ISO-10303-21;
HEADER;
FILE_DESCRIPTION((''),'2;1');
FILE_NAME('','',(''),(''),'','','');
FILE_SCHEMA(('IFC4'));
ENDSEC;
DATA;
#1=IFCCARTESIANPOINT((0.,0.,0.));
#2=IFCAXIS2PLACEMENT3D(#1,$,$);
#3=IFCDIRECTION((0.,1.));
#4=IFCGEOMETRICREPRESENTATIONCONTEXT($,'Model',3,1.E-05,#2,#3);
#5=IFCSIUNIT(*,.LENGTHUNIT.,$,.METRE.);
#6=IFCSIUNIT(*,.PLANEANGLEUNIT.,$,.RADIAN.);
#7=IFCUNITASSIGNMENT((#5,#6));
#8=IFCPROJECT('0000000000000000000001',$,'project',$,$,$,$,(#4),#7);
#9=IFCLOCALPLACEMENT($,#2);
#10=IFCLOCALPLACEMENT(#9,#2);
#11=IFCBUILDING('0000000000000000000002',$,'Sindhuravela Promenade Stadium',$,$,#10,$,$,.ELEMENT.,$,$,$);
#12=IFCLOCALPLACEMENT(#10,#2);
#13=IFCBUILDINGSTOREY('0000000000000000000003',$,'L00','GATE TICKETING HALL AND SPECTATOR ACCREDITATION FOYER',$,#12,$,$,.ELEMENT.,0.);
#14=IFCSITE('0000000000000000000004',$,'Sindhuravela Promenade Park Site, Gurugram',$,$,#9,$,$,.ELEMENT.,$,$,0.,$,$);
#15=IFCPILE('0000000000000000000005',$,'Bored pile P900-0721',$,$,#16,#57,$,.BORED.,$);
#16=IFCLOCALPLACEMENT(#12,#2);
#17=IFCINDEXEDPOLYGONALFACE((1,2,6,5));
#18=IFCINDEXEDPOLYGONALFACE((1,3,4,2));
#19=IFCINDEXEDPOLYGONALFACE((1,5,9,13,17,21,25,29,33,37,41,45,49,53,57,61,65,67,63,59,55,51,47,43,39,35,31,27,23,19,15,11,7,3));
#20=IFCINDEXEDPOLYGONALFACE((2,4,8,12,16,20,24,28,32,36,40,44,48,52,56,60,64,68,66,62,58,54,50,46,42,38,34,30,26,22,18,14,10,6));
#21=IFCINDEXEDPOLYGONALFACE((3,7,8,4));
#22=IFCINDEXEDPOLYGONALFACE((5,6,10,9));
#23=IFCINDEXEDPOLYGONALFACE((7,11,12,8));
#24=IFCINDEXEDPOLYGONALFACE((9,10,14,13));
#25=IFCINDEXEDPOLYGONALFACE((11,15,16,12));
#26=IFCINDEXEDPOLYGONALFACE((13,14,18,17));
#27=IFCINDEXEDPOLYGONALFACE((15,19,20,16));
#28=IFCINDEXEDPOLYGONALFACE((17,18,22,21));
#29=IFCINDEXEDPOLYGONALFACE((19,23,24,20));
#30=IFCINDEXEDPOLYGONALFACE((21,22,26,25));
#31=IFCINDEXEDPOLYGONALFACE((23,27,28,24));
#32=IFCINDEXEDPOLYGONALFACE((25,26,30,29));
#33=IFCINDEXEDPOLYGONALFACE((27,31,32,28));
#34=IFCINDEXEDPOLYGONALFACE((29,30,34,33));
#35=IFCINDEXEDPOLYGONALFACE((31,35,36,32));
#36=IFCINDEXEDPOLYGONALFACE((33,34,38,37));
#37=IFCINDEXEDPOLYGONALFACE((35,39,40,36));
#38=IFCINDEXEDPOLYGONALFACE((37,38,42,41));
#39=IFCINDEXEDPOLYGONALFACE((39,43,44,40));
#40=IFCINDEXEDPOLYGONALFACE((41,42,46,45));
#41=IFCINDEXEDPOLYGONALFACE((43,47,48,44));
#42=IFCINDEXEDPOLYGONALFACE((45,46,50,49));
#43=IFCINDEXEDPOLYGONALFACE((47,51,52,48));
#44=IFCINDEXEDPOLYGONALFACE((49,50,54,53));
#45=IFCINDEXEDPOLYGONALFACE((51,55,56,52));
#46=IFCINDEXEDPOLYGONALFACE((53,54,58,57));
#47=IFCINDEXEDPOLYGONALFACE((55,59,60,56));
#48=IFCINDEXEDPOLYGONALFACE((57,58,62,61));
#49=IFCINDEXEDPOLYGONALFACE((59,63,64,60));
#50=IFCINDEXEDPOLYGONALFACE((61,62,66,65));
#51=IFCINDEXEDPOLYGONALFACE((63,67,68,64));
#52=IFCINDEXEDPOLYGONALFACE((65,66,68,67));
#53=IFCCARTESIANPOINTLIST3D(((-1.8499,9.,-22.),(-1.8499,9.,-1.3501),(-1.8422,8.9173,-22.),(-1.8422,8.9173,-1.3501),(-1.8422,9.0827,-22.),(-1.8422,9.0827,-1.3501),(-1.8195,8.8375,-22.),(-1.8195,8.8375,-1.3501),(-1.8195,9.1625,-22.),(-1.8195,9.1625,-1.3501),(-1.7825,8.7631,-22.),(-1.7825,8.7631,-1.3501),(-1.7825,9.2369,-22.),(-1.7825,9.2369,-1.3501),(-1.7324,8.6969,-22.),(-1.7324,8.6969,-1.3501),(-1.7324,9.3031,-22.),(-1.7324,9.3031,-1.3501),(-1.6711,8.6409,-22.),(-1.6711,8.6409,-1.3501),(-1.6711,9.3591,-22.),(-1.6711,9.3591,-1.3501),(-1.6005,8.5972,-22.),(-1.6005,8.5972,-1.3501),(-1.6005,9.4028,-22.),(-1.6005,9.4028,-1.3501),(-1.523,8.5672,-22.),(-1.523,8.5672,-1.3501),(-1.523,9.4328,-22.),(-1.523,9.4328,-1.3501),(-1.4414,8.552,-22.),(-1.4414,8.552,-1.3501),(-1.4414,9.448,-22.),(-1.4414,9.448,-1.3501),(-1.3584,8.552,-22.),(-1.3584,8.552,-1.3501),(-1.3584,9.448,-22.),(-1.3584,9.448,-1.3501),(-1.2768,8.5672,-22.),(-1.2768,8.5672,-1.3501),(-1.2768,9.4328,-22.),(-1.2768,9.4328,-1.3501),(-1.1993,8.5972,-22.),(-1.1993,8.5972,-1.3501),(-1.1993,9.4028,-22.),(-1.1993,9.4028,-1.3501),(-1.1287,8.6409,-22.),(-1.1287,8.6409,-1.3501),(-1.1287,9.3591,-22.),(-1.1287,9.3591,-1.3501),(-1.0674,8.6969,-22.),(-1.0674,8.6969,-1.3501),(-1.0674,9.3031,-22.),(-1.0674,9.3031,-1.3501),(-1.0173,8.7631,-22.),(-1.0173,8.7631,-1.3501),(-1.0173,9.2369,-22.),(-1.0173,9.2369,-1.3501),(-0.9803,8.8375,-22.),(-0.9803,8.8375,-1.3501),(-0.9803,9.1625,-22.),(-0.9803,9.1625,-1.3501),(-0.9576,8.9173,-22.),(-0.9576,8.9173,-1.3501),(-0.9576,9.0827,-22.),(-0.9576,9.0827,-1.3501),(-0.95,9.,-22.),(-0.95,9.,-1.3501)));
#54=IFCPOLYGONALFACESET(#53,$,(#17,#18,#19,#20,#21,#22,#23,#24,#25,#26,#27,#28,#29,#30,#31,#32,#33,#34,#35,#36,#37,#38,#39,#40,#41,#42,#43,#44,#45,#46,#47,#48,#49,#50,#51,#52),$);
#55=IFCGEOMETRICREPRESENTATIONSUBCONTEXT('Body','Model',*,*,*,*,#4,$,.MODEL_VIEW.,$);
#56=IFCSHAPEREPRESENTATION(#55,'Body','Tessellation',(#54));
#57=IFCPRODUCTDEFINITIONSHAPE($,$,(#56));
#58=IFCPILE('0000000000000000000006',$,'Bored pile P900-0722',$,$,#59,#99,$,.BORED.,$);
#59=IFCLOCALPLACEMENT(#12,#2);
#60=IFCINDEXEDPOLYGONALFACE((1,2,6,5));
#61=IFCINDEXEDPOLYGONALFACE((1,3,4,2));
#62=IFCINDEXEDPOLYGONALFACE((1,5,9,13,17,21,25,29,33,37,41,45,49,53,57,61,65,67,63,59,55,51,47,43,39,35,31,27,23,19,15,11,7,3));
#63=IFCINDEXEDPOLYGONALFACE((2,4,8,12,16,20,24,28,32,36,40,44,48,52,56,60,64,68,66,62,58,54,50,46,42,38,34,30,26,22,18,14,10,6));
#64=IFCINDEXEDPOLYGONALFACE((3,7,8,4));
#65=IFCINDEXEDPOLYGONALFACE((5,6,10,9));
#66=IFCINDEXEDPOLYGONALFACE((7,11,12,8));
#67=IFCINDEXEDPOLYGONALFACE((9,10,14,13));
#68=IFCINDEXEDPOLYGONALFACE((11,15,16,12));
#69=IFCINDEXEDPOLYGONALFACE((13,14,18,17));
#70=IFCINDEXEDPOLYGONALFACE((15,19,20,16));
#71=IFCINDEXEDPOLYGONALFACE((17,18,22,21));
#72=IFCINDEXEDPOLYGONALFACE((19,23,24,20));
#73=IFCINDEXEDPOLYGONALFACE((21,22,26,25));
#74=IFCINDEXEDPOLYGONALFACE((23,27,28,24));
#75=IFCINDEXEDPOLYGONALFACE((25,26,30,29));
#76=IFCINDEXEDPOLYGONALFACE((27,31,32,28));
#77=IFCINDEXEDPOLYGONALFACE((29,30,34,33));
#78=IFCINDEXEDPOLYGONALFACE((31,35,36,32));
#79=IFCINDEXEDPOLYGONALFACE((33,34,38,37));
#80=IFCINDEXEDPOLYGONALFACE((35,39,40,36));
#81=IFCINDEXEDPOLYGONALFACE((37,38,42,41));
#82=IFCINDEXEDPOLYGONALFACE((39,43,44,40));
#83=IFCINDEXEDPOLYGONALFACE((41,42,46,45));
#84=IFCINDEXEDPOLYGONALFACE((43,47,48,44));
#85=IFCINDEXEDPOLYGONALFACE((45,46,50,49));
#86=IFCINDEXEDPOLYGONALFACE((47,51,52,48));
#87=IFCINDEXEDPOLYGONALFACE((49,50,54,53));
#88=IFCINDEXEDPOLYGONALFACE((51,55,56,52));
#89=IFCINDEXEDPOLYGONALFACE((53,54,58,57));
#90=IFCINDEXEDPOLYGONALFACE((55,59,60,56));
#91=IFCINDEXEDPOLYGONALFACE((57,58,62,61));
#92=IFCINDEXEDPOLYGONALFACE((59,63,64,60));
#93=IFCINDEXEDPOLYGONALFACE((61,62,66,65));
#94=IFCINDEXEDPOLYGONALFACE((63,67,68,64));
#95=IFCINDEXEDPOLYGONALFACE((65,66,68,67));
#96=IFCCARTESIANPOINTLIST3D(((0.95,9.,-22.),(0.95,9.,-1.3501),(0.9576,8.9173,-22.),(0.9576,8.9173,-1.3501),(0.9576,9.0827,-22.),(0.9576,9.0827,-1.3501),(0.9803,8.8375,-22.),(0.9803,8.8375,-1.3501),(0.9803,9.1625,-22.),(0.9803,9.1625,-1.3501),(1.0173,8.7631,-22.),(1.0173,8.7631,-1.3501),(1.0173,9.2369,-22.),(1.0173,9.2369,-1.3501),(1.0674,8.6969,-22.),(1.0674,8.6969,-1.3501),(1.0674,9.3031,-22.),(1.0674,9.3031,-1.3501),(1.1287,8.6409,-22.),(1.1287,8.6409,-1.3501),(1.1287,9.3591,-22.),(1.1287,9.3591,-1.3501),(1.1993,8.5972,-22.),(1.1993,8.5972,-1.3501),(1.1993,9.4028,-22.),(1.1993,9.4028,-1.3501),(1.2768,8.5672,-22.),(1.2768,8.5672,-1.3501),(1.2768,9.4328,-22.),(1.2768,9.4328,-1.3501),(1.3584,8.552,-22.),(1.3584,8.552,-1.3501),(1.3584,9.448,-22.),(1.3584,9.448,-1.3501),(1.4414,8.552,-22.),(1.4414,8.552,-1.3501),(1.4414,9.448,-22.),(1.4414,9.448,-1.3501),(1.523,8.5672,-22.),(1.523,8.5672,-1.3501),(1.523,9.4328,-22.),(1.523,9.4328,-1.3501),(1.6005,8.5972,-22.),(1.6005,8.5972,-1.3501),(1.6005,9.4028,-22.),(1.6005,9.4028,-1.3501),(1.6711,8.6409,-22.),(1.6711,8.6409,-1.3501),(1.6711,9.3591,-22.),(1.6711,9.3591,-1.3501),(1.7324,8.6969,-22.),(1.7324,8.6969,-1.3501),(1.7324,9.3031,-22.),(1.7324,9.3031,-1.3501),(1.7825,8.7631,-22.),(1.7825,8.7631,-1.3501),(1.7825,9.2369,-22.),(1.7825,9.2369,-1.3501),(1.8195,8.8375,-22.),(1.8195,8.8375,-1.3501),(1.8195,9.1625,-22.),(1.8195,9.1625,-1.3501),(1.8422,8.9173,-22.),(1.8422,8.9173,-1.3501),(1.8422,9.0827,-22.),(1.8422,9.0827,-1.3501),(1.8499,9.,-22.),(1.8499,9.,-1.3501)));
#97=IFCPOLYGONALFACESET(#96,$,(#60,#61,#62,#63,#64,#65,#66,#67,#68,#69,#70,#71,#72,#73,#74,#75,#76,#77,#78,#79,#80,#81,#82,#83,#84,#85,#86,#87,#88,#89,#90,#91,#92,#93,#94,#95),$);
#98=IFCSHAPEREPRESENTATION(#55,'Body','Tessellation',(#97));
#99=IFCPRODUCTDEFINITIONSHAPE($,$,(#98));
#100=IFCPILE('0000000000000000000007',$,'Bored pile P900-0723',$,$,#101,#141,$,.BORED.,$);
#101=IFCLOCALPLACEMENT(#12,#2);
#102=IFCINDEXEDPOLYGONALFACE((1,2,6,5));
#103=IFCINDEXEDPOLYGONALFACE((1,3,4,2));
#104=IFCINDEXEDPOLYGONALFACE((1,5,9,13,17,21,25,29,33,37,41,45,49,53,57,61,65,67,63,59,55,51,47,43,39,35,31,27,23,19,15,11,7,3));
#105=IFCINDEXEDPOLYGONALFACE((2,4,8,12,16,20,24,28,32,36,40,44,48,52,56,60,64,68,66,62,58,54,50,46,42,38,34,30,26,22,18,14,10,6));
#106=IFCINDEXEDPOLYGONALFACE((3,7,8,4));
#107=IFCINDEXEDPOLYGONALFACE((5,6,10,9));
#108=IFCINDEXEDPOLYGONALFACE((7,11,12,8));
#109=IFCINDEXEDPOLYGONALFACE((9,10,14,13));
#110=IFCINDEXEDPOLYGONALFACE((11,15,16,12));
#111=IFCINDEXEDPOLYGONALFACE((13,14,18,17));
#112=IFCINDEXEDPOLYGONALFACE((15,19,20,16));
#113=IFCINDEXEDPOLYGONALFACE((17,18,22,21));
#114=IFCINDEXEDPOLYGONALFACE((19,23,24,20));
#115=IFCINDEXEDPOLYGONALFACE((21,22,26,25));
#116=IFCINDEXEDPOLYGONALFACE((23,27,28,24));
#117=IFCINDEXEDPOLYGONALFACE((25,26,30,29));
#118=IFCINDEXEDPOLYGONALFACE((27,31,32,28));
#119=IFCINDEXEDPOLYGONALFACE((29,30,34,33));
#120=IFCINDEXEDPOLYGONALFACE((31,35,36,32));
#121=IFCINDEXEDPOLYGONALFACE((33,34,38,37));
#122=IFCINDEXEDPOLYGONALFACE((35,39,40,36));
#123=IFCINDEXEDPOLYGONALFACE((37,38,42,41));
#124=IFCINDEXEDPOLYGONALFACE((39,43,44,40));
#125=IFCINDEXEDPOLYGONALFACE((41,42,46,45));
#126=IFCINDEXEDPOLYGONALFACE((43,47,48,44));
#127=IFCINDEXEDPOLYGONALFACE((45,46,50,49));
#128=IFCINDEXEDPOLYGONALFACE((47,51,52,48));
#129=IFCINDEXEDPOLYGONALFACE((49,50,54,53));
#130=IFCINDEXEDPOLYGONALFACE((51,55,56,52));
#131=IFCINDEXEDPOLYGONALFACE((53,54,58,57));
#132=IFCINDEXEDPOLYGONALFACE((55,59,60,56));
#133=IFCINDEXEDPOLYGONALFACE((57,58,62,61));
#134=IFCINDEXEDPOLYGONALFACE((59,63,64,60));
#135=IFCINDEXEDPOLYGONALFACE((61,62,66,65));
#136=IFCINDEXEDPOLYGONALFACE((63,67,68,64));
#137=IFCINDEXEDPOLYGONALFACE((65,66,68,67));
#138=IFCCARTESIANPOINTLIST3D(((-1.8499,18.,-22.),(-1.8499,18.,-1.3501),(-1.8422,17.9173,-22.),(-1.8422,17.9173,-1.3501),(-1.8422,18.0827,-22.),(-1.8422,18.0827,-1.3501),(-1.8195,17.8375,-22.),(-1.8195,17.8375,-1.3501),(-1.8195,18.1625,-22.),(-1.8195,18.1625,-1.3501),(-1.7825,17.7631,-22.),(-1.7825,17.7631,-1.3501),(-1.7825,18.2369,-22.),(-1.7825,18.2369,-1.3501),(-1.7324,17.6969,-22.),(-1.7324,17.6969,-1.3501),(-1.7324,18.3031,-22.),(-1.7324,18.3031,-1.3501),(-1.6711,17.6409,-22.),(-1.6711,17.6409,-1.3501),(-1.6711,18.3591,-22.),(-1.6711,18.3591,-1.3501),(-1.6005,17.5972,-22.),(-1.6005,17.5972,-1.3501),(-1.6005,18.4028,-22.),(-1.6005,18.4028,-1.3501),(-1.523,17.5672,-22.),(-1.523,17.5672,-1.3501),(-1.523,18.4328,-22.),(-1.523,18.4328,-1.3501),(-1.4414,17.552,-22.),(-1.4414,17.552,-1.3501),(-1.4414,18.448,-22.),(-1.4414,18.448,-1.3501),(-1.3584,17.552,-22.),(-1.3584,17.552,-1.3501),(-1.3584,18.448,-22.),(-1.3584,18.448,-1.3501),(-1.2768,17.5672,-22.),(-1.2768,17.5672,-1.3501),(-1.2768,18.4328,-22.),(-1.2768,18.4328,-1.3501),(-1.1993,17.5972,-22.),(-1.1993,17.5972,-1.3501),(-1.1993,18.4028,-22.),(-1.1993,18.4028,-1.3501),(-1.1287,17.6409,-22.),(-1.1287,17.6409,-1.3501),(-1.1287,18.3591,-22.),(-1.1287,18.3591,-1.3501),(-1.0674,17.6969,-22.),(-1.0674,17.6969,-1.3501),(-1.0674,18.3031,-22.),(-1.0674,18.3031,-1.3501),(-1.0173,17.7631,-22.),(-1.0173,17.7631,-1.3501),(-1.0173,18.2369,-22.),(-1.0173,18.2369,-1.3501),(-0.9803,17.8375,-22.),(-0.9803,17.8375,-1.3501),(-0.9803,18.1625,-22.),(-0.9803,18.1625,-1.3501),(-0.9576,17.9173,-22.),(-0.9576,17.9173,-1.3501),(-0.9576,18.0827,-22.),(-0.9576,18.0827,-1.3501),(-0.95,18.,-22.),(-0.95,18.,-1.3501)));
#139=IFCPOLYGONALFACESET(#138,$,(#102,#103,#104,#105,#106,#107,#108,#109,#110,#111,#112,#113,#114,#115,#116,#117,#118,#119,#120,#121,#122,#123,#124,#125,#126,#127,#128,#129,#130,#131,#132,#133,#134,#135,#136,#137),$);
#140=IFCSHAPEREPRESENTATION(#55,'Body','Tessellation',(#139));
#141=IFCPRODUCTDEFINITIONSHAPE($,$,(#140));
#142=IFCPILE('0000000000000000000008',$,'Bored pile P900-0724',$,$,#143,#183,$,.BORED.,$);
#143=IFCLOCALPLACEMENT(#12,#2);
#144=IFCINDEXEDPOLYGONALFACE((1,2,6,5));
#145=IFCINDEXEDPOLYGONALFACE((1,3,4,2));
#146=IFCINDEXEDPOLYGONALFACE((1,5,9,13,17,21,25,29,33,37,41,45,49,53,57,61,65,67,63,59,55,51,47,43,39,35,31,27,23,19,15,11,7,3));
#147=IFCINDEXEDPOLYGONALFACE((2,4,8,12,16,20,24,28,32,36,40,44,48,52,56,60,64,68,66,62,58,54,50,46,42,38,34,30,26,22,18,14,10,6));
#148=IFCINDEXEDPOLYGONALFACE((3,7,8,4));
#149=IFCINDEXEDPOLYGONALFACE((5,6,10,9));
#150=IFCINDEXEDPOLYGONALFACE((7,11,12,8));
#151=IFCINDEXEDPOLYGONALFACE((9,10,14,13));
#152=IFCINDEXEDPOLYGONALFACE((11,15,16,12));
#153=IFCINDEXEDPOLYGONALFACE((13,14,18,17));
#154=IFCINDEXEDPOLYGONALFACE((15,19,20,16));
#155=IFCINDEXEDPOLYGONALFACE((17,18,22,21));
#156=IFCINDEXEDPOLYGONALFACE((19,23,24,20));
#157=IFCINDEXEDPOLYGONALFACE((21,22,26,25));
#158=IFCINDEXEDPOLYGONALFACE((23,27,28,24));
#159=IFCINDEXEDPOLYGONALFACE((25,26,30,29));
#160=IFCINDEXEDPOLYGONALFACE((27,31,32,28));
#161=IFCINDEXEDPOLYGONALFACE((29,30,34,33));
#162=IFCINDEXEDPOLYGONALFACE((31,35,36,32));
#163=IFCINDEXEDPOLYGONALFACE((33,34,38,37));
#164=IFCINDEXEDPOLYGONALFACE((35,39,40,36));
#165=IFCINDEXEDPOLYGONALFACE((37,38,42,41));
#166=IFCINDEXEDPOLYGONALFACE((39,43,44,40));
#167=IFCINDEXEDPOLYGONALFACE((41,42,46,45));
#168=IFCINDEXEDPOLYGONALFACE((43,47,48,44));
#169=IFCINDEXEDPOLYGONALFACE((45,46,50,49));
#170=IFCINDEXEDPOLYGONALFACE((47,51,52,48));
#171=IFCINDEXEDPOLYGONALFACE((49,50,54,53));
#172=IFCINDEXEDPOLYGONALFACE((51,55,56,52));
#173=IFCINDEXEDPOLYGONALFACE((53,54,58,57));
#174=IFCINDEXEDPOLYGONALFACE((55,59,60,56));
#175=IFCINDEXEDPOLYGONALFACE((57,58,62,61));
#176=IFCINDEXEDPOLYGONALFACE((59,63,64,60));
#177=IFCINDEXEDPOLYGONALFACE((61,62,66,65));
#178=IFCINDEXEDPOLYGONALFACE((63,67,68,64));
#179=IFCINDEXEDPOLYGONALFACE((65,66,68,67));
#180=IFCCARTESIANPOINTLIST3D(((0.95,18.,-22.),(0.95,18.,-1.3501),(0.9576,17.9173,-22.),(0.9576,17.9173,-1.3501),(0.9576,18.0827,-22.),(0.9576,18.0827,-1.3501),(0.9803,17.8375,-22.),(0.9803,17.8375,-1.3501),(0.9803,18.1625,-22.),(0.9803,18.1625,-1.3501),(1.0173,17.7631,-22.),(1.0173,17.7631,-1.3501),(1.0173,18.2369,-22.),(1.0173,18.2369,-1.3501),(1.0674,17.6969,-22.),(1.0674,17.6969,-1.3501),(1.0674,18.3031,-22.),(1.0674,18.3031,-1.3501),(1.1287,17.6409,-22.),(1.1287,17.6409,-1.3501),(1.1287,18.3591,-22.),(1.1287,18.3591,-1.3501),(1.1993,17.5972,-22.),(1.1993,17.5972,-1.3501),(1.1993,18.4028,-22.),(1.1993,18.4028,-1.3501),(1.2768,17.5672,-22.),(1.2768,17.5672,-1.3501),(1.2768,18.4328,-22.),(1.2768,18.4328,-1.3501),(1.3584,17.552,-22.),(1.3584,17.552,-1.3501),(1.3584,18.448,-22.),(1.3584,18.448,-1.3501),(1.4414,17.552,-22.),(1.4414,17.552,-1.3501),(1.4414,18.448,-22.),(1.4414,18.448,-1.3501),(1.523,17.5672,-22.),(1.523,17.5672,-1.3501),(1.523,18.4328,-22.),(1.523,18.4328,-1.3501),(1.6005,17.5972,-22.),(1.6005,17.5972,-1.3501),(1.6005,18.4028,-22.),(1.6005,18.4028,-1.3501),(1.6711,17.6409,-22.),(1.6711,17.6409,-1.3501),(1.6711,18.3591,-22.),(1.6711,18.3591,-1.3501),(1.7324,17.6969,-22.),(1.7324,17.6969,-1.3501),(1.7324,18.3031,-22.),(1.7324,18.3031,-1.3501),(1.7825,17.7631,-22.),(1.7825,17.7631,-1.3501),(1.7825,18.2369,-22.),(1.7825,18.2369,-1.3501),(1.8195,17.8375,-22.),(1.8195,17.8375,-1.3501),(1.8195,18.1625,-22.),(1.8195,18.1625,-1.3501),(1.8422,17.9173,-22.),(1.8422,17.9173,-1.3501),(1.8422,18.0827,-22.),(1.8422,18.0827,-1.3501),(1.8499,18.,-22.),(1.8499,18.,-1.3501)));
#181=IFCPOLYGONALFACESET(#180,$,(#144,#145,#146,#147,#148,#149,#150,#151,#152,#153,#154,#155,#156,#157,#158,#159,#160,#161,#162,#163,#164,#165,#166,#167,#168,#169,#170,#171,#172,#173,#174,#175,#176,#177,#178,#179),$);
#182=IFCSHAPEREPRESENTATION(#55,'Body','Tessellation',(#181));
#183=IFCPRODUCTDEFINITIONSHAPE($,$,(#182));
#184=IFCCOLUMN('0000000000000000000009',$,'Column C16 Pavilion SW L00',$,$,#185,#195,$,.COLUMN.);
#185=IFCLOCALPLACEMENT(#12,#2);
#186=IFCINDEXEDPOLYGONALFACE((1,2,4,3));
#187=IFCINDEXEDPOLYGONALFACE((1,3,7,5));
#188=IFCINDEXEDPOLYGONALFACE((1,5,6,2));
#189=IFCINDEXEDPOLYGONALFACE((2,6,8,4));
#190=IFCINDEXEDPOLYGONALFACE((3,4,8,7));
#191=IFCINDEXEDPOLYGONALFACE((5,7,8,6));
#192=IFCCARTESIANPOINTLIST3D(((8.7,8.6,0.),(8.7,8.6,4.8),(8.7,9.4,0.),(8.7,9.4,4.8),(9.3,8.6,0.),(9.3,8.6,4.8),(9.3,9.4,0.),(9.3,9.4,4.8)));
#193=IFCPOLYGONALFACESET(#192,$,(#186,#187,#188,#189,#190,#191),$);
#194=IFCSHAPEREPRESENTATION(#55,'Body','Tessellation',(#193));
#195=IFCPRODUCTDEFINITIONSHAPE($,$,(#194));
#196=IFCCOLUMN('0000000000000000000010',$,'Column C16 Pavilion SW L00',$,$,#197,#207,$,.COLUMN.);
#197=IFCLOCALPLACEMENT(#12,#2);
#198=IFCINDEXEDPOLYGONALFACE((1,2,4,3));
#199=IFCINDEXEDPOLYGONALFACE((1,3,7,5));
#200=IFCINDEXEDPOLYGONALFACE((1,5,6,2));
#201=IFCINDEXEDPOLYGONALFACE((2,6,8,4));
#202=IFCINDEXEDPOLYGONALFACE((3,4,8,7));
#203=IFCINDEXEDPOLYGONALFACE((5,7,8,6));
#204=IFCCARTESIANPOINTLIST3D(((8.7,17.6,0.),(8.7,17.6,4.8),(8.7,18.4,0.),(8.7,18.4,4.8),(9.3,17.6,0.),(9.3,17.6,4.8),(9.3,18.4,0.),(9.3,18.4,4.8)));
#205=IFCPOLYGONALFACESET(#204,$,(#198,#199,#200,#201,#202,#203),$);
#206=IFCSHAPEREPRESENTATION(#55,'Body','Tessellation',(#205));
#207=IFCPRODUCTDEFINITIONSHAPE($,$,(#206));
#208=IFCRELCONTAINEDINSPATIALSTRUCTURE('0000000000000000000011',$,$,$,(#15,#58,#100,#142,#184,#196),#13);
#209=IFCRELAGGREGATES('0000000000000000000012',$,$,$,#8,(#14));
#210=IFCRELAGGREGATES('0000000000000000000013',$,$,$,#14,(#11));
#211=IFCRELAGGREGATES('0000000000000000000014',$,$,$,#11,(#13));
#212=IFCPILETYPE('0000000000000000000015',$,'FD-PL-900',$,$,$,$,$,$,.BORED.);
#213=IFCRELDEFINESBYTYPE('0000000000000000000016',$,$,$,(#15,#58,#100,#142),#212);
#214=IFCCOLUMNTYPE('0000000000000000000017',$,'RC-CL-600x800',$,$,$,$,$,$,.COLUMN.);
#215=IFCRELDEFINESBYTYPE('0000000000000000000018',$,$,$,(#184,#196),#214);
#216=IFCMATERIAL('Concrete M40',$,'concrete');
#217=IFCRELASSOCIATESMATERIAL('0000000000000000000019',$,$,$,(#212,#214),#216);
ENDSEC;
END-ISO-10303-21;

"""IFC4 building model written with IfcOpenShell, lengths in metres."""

from ifc_helpers import new_model, si_unit, direction, frame, origin, origin_2d, place, context, subcontext, project, spatial, rectangle, circle, extrude, material, material_profile, profile_set, type_object, element, save


model = new_model("IFC4")

# Units and contexts
model_context = context("Model", 3, precision=1e-05, world=origin(), true_north=direction((0.0, 1.0)))
body_context = subcontext(model_context, "Body", "Model", "MODEL_VIEW")
ifc_project = project(units=[si_unit("LENGTHUNIT", "METRE"), si_unit("PLANEANGLEUNIT", "RADIAN")], contexts=[model_context])

# Site, building, storey
site_placement = place(None, origin())
site = spatial("IfcSite", under=ifc_project, at=site_placement, Name="Sindhuravela Promenade Park Site, Gurugram", CompositionType="ELEMENT", RefElevation=0.0)
building_placement = place(site_placement, origin())
building = spatial("IfcBuilding", under=site, at=building_placement, Name="Sindhuravela Promenade Stadium", CompositionType="ELEMENT")
storey_placement = place(building_placement, origin())
storey = spatial("IfcBuildingStorey", under=building, at=storey_placement, Name="L00", Description="GATE TICKETING HALL AND SPECTATOR ACCREDITATION FOYER", CompositionType="ELEMENT", Elevation=0.0)

# Piles
ifc_material_1 = material(Name="Concrete M40", Category="concrete")
ifc_material_profile_1 = material_profile(ifc_material_1, circle(Radius=0.45, at=origin_2d()), Name="BORED PILE D900")
ifc_profile_set_1 = profile_set([ifc_material_profile_1], Name="Concrete M40")
pile_type_1 = type_object("IfcPileType", Name="FD-PL-900", PredefinedType="BORED", material=ifc_profile_set_1)
for number, where, z_axis, x_axis, name in (
    (1, (-1.3999, 9.0, -1.3501), (0.0, 0.0, -1.0), (1.0, 0.0, 0.0), "Bored pile P900-0721"),
    (2, (1.3999, 9.0, -1.3501), (0.0, 0.0, -1.0), (1.0, 0.0, 0.0), "Bored pile P900-0722"),
    (3, (-1.3999, 18.0, -1.3501), (0.0, 0.0, -1.0), (1.0, 0.0, 0.0), "Bored pile P900-0723"),
    (4, (1.3999, 18.0, -1.3501), (0.0, 0.0, -1.0), (1.0, 0.0, 0.0), "Bored pile P900-0724"),
):
    element("IfcPile", number, at=place(storey_placement, frame(where, z_axis=z_axis, x_axis=x_axis)), inside=storey, type_object=pile_type_1, Name=name, PredefinedType="BORED", context=body_context, shape_type="SweptSolid", body=[
        extrude(circle(Radius=0.45, at=origin_2d()), origin(), (0.0, 0.0, 1.0), 20.6499),
    ])

# Columns
ifc_material_profile_2 = material_profile(ifc_material_1, rectangle(XDim=0.6001, YDim=0.8, at=origin_2d()), Name="RC 600x800")
ifc_profile_set_2 = profile_set([ifc_material_profile_2], Name="Concrete M40")
column_type_1 = type_object("IfcColumnType", Name="RC-CL-600x800", PredefinedType="COLUMN", material=ifc_profile_set_2)
for number, where, z_axis, x_axis, name in (
    (5, (9.0, 9.0, 0.0), (0.0, 0.0, 1.0), (1.0, 0.0, 0.0), "Column C16 Pavilion SW L00"),
    (6, (9.0, 18.0, 0.0), (0.0, 0.0, 1.0), (1.0, 0.0, 0.0), "Column C16 Pavilion SW L00"),
):
    element("IfcColumn", number, at=place(storey_placement, frame(where, z_axis=z_axis, x_axis=x_axis)), inside=storey, type_object=column_type_1, Name=name, PredefinedType="COLUMN", context=body_context, shape_type="SweptSolid", body=[
        extrude(rectangle(XDim=0.6001, YDim=0.8, at=origin_2d()), origin(), (0.0, 0.0, 1.0), 4.8),
    ])

save(model, "model.ifc")
